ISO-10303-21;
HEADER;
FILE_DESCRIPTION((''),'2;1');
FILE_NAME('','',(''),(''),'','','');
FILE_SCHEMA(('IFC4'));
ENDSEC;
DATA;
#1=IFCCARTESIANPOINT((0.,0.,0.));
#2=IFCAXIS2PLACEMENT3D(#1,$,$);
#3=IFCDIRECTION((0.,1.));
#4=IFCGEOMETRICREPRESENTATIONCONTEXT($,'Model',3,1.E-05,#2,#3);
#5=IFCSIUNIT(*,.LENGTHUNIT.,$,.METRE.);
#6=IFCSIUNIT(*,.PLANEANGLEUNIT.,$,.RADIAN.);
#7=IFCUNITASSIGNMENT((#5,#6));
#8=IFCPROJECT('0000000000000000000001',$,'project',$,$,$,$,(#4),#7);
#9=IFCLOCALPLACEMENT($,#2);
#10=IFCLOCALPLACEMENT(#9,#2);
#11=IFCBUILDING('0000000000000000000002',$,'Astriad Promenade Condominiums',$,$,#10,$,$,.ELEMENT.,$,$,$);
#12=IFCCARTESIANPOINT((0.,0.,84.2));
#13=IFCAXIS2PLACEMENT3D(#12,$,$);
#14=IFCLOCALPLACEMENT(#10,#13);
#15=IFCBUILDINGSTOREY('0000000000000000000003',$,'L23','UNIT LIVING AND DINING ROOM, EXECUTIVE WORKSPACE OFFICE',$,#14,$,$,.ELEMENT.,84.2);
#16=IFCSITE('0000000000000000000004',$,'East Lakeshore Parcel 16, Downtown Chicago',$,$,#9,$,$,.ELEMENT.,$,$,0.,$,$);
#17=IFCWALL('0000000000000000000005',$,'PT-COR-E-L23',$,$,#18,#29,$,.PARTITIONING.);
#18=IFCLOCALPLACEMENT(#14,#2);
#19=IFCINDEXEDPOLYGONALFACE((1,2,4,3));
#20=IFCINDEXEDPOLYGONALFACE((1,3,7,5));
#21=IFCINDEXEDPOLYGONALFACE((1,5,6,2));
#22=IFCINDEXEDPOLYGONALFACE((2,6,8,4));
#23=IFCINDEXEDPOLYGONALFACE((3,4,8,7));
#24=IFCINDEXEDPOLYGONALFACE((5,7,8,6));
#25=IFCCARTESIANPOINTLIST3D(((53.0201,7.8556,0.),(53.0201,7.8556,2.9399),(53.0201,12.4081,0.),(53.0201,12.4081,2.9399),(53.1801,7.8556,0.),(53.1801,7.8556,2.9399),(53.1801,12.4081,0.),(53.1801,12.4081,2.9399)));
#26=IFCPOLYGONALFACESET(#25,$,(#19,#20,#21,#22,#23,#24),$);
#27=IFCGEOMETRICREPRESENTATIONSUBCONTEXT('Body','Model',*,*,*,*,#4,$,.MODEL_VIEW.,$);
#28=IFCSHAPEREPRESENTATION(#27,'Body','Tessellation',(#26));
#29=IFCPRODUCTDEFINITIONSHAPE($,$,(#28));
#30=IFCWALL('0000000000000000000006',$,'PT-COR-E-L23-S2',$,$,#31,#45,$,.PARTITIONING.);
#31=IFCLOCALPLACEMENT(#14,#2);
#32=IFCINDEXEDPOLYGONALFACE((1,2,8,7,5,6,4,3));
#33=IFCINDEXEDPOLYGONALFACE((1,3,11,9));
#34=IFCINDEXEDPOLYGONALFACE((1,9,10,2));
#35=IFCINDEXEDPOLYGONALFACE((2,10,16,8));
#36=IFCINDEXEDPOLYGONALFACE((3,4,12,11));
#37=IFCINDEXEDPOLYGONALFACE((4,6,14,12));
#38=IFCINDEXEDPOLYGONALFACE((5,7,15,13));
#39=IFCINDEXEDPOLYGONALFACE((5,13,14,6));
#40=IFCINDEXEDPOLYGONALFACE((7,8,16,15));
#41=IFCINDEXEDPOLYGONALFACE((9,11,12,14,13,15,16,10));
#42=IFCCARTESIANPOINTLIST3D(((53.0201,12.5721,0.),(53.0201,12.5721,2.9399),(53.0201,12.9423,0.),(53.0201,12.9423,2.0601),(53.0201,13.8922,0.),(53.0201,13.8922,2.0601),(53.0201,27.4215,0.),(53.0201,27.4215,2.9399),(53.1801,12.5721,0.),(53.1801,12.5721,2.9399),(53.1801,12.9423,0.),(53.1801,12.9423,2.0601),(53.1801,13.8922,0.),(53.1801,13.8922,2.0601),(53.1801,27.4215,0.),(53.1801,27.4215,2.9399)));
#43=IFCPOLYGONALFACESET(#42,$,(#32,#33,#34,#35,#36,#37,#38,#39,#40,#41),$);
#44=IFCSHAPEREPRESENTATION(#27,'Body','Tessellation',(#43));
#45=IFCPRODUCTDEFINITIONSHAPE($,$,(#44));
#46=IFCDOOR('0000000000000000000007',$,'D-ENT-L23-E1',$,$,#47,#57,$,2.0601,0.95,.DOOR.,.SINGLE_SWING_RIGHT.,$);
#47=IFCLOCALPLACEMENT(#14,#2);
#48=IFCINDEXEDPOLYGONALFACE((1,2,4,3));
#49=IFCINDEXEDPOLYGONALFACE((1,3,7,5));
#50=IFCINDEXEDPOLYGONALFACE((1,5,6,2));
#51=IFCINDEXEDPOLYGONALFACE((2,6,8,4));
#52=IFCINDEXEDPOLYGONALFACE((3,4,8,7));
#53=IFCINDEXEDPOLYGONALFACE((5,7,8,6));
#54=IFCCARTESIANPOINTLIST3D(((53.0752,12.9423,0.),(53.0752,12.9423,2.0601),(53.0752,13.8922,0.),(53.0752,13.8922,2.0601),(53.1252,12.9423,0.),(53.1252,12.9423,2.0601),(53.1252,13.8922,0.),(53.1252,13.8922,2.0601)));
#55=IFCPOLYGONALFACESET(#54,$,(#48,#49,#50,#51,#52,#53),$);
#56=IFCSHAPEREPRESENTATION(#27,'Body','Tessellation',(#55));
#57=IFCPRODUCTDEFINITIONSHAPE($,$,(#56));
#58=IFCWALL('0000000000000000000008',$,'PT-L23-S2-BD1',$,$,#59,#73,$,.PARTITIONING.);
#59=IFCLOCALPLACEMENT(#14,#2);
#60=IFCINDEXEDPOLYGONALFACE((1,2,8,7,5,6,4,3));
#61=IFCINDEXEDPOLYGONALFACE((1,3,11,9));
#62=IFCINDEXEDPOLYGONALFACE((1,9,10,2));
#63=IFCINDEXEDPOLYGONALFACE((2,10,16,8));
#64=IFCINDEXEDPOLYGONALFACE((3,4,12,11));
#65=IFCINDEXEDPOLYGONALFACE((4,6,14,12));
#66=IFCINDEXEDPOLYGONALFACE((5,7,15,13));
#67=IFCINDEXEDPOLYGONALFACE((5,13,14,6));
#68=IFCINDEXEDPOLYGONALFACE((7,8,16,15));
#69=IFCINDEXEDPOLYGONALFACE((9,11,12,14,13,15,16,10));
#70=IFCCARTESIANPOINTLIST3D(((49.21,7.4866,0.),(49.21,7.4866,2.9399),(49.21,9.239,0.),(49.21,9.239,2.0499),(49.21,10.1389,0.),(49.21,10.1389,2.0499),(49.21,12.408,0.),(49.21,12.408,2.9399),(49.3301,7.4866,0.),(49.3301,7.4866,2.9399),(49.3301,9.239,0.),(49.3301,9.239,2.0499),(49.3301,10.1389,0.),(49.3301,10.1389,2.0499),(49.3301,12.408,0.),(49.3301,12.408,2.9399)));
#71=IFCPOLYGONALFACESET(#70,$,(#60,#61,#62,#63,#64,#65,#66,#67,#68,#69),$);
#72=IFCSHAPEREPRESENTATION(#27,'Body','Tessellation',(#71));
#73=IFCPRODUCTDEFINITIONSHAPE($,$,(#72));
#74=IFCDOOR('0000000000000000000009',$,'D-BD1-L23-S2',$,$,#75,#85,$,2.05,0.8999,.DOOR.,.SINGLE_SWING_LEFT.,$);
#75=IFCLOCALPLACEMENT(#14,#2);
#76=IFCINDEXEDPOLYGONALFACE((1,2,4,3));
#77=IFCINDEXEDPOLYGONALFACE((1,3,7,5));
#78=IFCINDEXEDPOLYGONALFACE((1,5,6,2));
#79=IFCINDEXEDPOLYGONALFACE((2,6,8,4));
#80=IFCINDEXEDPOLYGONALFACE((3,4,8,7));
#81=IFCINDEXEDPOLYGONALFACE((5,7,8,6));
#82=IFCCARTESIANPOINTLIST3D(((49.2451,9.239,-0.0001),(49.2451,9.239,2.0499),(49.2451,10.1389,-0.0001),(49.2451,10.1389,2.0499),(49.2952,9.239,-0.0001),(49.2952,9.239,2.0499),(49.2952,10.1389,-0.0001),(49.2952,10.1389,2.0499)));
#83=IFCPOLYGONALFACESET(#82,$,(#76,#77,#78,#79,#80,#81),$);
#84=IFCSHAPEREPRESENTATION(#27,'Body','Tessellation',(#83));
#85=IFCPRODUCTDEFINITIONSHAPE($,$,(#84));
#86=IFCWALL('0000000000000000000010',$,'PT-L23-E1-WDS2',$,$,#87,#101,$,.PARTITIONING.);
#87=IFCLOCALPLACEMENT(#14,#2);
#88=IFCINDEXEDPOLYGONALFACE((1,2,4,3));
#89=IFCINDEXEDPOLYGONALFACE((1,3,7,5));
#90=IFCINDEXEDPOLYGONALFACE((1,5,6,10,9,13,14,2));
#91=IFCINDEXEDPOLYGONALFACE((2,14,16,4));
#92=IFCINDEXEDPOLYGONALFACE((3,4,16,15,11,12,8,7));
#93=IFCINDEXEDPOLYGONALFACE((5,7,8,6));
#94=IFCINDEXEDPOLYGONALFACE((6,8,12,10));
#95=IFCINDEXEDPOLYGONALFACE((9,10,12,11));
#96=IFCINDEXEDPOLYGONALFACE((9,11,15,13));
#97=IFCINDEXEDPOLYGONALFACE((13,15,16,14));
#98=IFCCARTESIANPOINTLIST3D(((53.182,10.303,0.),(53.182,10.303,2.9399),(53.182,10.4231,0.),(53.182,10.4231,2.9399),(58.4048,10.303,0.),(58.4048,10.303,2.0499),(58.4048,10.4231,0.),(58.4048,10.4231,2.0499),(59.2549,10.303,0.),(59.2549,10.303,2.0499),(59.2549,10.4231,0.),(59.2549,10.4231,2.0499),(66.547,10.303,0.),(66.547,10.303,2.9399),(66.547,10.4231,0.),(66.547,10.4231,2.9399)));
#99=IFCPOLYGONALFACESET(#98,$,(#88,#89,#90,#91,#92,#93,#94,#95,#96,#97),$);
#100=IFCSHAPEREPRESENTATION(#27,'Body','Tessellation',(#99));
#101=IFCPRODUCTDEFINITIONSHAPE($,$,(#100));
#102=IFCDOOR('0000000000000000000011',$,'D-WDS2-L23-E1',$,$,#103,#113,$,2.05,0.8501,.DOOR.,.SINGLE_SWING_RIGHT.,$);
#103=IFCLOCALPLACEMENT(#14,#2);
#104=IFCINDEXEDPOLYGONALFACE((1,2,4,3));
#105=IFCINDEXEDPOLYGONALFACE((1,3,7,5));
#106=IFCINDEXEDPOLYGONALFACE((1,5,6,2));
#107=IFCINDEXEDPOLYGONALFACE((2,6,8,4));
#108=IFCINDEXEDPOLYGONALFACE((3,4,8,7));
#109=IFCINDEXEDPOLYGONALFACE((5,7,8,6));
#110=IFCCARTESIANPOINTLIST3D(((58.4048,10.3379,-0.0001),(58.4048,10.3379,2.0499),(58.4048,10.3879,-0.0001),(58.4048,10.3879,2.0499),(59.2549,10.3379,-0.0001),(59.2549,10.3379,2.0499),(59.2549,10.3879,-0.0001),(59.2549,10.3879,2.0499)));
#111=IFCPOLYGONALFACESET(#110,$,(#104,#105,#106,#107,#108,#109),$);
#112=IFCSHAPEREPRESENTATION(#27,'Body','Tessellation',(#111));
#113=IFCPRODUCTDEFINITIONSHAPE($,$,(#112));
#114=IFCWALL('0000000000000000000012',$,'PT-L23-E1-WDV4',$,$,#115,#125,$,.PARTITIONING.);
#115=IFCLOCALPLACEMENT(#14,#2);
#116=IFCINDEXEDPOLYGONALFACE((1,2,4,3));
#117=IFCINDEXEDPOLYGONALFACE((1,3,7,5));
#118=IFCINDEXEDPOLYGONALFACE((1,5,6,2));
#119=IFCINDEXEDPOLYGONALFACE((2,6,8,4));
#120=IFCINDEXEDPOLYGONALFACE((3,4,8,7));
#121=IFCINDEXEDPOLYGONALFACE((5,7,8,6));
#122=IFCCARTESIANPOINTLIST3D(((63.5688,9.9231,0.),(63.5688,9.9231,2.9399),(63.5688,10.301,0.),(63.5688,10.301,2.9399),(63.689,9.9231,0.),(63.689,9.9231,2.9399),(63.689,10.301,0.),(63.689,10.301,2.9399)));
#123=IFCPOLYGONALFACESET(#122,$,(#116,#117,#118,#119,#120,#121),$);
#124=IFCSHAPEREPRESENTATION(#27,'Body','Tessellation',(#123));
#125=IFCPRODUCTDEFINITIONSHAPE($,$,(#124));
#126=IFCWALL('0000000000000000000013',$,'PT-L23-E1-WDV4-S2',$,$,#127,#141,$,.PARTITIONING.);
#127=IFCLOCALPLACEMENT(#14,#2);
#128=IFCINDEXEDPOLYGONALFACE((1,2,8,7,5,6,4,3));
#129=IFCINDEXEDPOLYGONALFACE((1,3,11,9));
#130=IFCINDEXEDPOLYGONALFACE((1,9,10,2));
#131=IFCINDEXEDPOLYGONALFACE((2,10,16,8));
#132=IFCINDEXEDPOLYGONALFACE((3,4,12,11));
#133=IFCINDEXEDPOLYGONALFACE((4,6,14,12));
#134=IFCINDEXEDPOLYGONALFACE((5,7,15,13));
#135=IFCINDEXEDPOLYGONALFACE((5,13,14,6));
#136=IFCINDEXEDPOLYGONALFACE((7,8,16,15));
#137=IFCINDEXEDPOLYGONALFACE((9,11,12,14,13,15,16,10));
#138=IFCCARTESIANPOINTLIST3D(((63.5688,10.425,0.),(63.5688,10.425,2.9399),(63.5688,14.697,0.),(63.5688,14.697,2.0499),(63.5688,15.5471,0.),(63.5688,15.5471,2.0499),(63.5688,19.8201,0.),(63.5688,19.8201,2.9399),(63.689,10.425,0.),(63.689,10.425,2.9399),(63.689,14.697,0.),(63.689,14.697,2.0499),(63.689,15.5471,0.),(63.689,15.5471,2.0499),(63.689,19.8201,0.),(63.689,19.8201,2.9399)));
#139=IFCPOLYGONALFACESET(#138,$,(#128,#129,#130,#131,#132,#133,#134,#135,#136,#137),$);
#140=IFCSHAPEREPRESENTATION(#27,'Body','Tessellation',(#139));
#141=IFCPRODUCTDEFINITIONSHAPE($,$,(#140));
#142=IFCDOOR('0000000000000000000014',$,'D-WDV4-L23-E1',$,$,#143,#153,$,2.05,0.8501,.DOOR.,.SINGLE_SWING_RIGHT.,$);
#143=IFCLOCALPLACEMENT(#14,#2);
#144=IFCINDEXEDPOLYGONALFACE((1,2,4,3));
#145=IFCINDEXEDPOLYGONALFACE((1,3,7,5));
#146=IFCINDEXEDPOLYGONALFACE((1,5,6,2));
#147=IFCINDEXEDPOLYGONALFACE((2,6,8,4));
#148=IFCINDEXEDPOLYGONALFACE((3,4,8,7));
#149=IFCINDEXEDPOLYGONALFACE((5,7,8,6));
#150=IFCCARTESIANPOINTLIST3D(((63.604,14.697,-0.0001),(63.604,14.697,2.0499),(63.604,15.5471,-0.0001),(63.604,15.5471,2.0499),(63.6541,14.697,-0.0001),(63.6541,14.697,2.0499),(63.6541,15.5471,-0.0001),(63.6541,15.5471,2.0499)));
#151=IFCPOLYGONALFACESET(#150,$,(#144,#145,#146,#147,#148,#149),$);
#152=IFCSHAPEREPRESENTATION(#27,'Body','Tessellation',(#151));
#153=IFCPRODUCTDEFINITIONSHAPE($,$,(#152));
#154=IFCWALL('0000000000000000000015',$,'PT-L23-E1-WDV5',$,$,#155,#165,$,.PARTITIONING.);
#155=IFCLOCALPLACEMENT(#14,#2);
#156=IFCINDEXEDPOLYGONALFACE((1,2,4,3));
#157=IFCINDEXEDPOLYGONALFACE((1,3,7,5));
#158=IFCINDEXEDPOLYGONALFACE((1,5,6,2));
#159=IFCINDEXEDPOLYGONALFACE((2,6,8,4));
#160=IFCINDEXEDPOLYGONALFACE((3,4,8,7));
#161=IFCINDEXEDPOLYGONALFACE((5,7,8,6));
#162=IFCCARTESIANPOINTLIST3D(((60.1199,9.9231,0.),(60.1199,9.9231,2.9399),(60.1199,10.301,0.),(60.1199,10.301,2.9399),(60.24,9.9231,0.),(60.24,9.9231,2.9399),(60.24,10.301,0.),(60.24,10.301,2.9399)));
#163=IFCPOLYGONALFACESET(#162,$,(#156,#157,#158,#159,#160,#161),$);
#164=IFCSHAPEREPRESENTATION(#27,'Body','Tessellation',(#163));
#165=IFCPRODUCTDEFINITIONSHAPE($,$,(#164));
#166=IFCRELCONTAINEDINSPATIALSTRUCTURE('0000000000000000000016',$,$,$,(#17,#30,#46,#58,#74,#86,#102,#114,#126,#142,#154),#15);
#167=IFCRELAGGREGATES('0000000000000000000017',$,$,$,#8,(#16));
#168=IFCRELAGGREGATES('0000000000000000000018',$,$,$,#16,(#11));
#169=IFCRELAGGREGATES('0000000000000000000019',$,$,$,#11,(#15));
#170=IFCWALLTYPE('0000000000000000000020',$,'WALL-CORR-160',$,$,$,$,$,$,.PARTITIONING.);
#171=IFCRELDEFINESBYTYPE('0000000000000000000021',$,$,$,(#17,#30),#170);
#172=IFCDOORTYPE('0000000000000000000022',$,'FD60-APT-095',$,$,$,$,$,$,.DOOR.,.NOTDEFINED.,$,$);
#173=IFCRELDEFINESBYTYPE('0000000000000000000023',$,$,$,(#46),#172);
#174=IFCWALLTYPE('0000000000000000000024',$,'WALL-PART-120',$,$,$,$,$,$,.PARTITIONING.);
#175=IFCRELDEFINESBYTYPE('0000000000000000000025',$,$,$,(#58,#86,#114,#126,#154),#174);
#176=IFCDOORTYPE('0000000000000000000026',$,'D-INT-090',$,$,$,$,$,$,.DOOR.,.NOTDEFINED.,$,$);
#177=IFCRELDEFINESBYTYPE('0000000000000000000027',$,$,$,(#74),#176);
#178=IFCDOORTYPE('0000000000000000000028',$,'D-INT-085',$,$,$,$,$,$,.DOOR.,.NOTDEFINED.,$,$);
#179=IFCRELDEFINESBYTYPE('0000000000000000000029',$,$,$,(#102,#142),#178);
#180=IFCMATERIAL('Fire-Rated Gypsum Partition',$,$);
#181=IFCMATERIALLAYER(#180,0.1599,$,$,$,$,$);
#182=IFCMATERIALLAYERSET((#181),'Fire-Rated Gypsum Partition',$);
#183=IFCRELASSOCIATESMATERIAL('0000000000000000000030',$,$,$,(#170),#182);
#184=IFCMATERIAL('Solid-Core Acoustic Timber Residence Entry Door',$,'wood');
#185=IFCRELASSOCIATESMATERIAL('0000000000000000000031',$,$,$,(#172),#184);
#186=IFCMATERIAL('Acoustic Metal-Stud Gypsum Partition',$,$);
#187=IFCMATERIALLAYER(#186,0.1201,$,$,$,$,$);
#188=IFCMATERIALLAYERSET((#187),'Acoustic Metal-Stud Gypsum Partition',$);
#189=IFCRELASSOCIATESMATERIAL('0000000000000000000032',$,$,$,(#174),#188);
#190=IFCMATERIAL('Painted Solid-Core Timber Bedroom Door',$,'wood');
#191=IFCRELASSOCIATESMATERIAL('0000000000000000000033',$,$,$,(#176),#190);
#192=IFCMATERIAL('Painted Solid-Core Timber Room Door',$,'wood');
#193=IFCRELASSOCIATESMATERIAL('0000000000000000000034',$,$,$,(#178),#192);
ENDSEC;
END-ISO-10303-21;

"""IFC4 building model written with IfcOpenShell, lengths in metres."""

from ifc_helpers import new_model, si_unit, direction, frame, frame_2d, origin, place, context, subcontext, project, spatial, rectangle, extrude, source, transform, mapped, material, layer, layer_set, type_object, type_shapes, element, fill, save


model = new_model("IFC4")

# Units and contexts
model_context = context("Model", 3, precision=1e-05, world=origin(), true_north=direction((0.0, 1.0)))
body_context = subcontext(model_context, "Body", "Model", "MODEL_VIEW")
ifc_project = project(units=[si_unit("LENGTHUNIT", "METRE"), si_unit("PLANEANGLEUNIT", "RADIAN")], contexts=[model_context])

# Site, building, storey
site_placement = place(None, origin())
site = spatial("IfcSite", under=ifc_project, at=site_placement, Name="East Lakeshore Parcel 16, Downtown Chicago", CompositionType="ELEMENT", RefElevation=0.0)
building_placement = place(site_placement, origin())
building = spatial("IfcBuilding", under=site, at=building_placement, Name="Astriad Promenade Condominiums", CompositionType="ELEMENT")
storey_placement = place(building_placement, frame((0.0, 0.0, 84.2)))
storey = spatial("IfcBuildingStorey", under=building, at=storey_placement, Name="L23", Description="UNIT LIVING AND DINING ROOM, EXECUTIVE WORKSPACE OFFICE", CompositionType="ELEMENT", Elevation=84.2)

# Wall
ifc_material_1 = material(Name="Fire-Rated Gypsum Partition")
ifc_layer_1 = layer(ifc_material_1, 0.1599)
ifc_layer_set_1 = layer_set([ifc_layer_1], Name="Fire-Rated Gypsum Partition")
wall_type_1 = type_object("IfcWallType", Name="WALL-CORR-160", PredefinedType="PARTITIONING", material=ifc_layer_set_1)
wall_1_placement = place(storey_placement, frame((53.1001, 7.8555, 0.0), z_axis=(0.0, 0.0, 1.0), x_axis=(0.0, 1.0, 0.0)))
element("IfcWall", 1, at=wall_1_placement, inside=storey, type_object=wall_type_1, Name="PT-COR-E-L23", PredefinedType="PARTITIONING", context=body_context, shape_type="SweptSolid", body=[
    extrude(rectangle(XDim=4.5525, YDim=0.1599, at=frame_2d((2.2764, 0.0))), origin(), (0.0, 0.0, 1.0), 2.9399),
])

# Walls, openings, doors
wall_2_placement = place(storey_placement, frame((53.1001, 12.572, 0.0), z_axis=(0.0, 0.0, 1.0), x_axis=(0.0, 1.0, 0.0)))
wall_2 = element("IfcWall", 2, at=wall_2_placement, inside=storey, type_object=wall_type_1, Name="PT-COR-E-L23-S2", PredefinedType="PARTITIONING", context=body_context, shape_type="SweptSolid", body=[
    extrude(rectangle(XDim=14.8494, YDim=0.1599, at=frame_2d((7.4248, 0.0))), origin(), (0.0, 0.0, 1.0), 2.9399),
])
opening_1_placement = place(wall_2_placement, frame((0.3701, 0.0, 0.0)))
opening_1 = element("IfcOpeningElement", 3, at=opening_1_placement, cuts=wall_2, PredefinedType="OPENING", context=body_context, shape_type="SweptSolid", body=[
    extrude(rectangle(XDim=0.95, YDim=2.0601, at=frame_2d((0.4751, 1.03))), frame((0.0, 0.0898, 0.0), z_axis=(0.0, -1.0, 0.0), x_axis=(1.0, 0.0, 0.0)), (0.0, 0.0, 1.0), 0.1799),
])
ifc_material_2 = material(Name="Solid-Core Acoustic Timber Residence Entry Door", Category="wood")
door_type_1 = type_object("IfcDoorType", Name="FD60-APT-095", OperationType="NOTDEFINED", PredefinedType="DOOR", material=ifc_material_2)
shared_shape_1 = source(origin(), body_context, "Body", "SweptSolid", [
    extrude(rectangle(XDim=0.95, YDim=2.0601, at=frame_2d((0.4751, 1.03))), frame((0.0, 0.0249, 0.0), z_axis=(0.0, -1.0, 0.0), x_axis=(1.0, 0.0, 0.0)), (0.0, 0.0, 1.0), 0.05),
])
type_shapes(door_type_1, [shared_shape_1])
door_1_placement = place(opening_1_placement, origin())
door_1 = element("IfcDoor", 4, at=door_1_placement, inside=storey, type_object=door_type_1, Name="D-ENT-L23-E1", OperationType="SINGLE_SWING_RIGHT", OverallHeight=2.0601, OverallWidth=0.95, PredefinedType="DOOR", context=body_context, shape_type="MappedRepresentation", body=[
    mapped(shared_shape_1, transform((0.0, 0.0, 0.0), scale=1.0)),
])
fill(opening_1, door_1)
ifc_material_3 = material(Name="Acoustic Metal-Stud Gypsum Partition")
ifc_layer_2 = layer(ifc_material_3, 0.1201)
ifc_layer_set_2 = layer_set([ifc_layer_2], Name="Acoustic Metal-Stud Gypsum Partition")
wall_type_2 = type_object("IfcWallType", Name="WALL-PART-120", PredefinedType="PARTITIONING", material=ifc_layer_set_2)
wall_3_placement = place(storey_placement, frame((49.27, 7.4866, 0.0), z_axis=(0.0, 0.0, 1.0), x_axis=(0.0, 1.0, 0.0)))
wall_3 = element("IfcWall", 5, at=wall_3_placement, inside=storey, type_object=wall_type_2, Name="PT-L23-S2-BD1", PredefinedType="PARTITIONING", context=body_context, shape_type="SweptSolid", body=[
    extrude(rectangle(XDim=4.9214, YDim=0.1201, at=frame_2d((2.4607, 0.0))), origin(), (0.0, 0.0, 1.0), 2.9399),
])
opening_2_placement = place(wall_3_placement, frame((1.7524, 0.0, 0.0)))
opening_2 = element("IfcOpeningElement", 6, at=opening_2_placement, cuts=wall_3, PredefinedType="OPENING", context=body_context, shape_type="SweptSolid", body=[
    extrude(rectangle(XDim=0.8999, YDim=2.05, at=frame_2d((0.45, 1.0249))), frame((0.0, 0.0701, 0.0), z_axis=(0.0, -1.0, 0.0), x_axis=(1.0, 0.0, 0.0)), (0.0, 0.0, 1.0), 0.1401),
])
ifc_material_4 = material(Name="Painted Solid-Core Timber Bedroom Door", Category="wood")
door_type_2 = type_object("IfcDoorType", Name="D-INT-090", OperationType="NOTDEFINED", PredefinedType="DOOR", material=ifc_material_4)
shared_shape_2 = source(origin(), body_context, "Body", "SweptSolid", [
    extrude(rectangle(XDim=0.8999, YDim=2.05, at=frame_2d((0.45, 1.0249))), frame((0.0, 0.0249, 0.0), z_axis=(0.0, -1.0, 0.0), x_axis=(1.0, 0.0, 0.0)), (0.0, 0.0, 1.0), 0.05),
])
type_shapes(door_type_2, [shared_shape_2])
door_2_placement = place(opening_2_placement, origin())
door_2 = element("IfcDoor", 7, at=door_2_placement, inside=storey, type_object=door_type_2, Name="D-BD1-L23-S2", OperationType="SINGLE_SWING_LEFT", OverallHeight=2.05, OverallWidth=0.8999, PredefinedType="DOOR", context=body_context, shape_type="MappedRepresentation", body=[
    mapped(shared_shape_2, transform((0.0, 0.0, 0.0), scale=1.0)),
])
fill(opening_2, door_2)
wall_4_placement = place(storey_placement, frame((53.1819, 10.363, 0.0), z_axis=(0.0, 0.0, 1.0), x_axis=(1.0, 0.0, 0.0)))
wall_4 = element("IfcWall", 8, at=wall_4_placement, inside=storey, type_object=wall_type_2, Name="PT-L23-E1-WDS2", PredefinedType="PARTITIONING", context=body_context, shape_type="SweptSolid", body=[
    extrude(rectangle(XDim=13.365, YDim=0.1201, at=frame_2d((6.6826, 0.0))), origin(), (0.0, 0.0, 1.0), 2.9399),
])
opening_3_placement = place(wall_4_placement, frame((5.2229, 0.0, 0.0)))
opening_3 = element("IfcOpeningElement", 9, at=opening_3_placement, cuts=wall_4, PredefinedType="OPENING", context=body_context, shape_type="SweptSolid", body=[
    extrude(rectangle(XDim=0.8501, YDim=2.05, at=frame_2d((0.425, 1.0249))), frame((0.0, 0.0701, 0.0), z_axis=(0.0, -1.0, 0.0), x_axis=(1.0, 0.0, 0.0)), (0.0, 0.0, 1.0), 0.1401),
])
ifc_material_5 = material(Name="Painted Solid-Core Timber Room Door", Category="wood")
door_type_3 = type_object("IfcDoorType", Name="D-INT-085", OperationType="NOTDEFINED", PredefinedType="DOOR", material=ifc_material_5)
shared_shape_3 = source(origin(), body_context, "Body", "SweptSolid", [
    extrude(rectangle(XDim=0.8501, YDim=2.05, at=frame_2d((0.425, 1.0249))), frame((0.0, 0.0249, 0.0), z_axis=(0.0, -1.0, 0.0), x_axis=(1.0, 0.0, 0.0)), (0.0, 0.0, 1.0), 0.05),
])
type_shapes(door_type_3, [shared_shape_3])
door_3_placement = place(opening_3_placement, origin())
door_3 = element("IfcDoor", 10, at=door_3_placement, inside=storey, type_object=door_type_3, Name="D-WDS2-L23-E1", OperationType="SINGLE_SWING_RIGHT", OverallHeight=2.05, OverallWidth=0.8501, PredefinedType="DOOR", context=body_context, shape_type="MappedRepresentation", body=[
    mapped(shared_shape_3, transform((0.0, 0.0, 0.0), scale=1.0)),
])
fill(opening_3, door_3)

# Wall
wall_5_placement = place(storey_placement, frame((63.6289, 9.9231, 0.0), z_axis=(0.0, 0.0, 1.0), x_axis=(0.0, 1.0, 0.0)))
element("IfcWall", 11, at=wall_5_placement, inside=storey, type_object=wall_type_2, Name="PT-L23-E1-WDV4", PredefinedType="PARTITIONING", context=body_context, shape_type="SweptSolid", body=[
    extrude(rectangle(XDim=0.3779, YDim=0.1201, at=frame_2d((0.189, 0.0))), origin(), (0.0, 0.0, 1.0), 2.9399),
])

# Wall, opening, door
wall_6_placement = place(storey_placement, frame((63.6289, 10.425, 0.0), z_axis=(0.0, 0.0, 1.0), x_axis=(0.0, 1.0, 0.0)))
wall_6 = element("IfcWall", 12, at=wall_6_placement, inside=storey, type_object=wall_type_2, Name="PT-L23-E1-WDV4-S2", PredefinedType="PARTITIONING", context=body_context, shape_type="SweptSolid", body=[
    extrude(rectangle(XDim=9.395, YDim=0.1201, at=frame_2d((4.6975, 0.0))), origin(), (0.0, 0.0, 1.0), 2.9399),
])
opening_4_placement = place(wall_6_placement, frame((4.272, 0.0, 0.0)))
opening_4 = element("IfcOpeningElement", 13, at=opening_4_placement, cuts=wall_6, PredefinedType="OPENING", context=body_context, shape_type="SweptSolid", body=[
    extrude(rectangle(XDim=0.8501, YDim=2.05, at=frame_2d((0.425, 1.0249))), frame((0.0, 0.0701, 0.0), z_axis=(0.0, -1.0, 0.0), x_axis=(1.0, 0.0, 0.0)), (0.0, 0.0, 1.0), 0.1401),
])
door_4_placement = place(opening_4_placement, origin())
door_4 = element("IfcDoor", 14, at=door_4_placement, inside=storey, type_object=door_type_3, Name="D-WDV4-L23-E1", OperationType="SINGLE_SWING_RIGHT", OverallHeight=2.05, OverallWidth=0.8501, PredefinedType="DOOR", context=body_context, shape_type="MappedRepresentation", body=[
    mapped(shared_shape_3, transform((0.0, 0.0, 0.0), scale=1.0)),
])
fill(opening_4, door_4)

# Wall
wall_7_placement = place(storey_placement, frame((60.1799, 9.9231, 0.0), z_axis=(0.0, 0.0, 1.0), x_axis=(0.0, 1.0, 0.0)))
element("IfcWall", 15, at=wall_7_placement, inside=storey, type_object=wall_type_2, Name="PT-L23-E1-WDV5", PredefinedType="PARTITIONING", context=body_context, shape_type="SweptSolid", body=[
    extrude(rectangle(XDim=0.3779, YDim=0.1201, at=frame_2d((0.189, 0.0))), origin(), (0.0, 0.0, 1.0), 2.9399),
])

save(model, "model.ifc")
